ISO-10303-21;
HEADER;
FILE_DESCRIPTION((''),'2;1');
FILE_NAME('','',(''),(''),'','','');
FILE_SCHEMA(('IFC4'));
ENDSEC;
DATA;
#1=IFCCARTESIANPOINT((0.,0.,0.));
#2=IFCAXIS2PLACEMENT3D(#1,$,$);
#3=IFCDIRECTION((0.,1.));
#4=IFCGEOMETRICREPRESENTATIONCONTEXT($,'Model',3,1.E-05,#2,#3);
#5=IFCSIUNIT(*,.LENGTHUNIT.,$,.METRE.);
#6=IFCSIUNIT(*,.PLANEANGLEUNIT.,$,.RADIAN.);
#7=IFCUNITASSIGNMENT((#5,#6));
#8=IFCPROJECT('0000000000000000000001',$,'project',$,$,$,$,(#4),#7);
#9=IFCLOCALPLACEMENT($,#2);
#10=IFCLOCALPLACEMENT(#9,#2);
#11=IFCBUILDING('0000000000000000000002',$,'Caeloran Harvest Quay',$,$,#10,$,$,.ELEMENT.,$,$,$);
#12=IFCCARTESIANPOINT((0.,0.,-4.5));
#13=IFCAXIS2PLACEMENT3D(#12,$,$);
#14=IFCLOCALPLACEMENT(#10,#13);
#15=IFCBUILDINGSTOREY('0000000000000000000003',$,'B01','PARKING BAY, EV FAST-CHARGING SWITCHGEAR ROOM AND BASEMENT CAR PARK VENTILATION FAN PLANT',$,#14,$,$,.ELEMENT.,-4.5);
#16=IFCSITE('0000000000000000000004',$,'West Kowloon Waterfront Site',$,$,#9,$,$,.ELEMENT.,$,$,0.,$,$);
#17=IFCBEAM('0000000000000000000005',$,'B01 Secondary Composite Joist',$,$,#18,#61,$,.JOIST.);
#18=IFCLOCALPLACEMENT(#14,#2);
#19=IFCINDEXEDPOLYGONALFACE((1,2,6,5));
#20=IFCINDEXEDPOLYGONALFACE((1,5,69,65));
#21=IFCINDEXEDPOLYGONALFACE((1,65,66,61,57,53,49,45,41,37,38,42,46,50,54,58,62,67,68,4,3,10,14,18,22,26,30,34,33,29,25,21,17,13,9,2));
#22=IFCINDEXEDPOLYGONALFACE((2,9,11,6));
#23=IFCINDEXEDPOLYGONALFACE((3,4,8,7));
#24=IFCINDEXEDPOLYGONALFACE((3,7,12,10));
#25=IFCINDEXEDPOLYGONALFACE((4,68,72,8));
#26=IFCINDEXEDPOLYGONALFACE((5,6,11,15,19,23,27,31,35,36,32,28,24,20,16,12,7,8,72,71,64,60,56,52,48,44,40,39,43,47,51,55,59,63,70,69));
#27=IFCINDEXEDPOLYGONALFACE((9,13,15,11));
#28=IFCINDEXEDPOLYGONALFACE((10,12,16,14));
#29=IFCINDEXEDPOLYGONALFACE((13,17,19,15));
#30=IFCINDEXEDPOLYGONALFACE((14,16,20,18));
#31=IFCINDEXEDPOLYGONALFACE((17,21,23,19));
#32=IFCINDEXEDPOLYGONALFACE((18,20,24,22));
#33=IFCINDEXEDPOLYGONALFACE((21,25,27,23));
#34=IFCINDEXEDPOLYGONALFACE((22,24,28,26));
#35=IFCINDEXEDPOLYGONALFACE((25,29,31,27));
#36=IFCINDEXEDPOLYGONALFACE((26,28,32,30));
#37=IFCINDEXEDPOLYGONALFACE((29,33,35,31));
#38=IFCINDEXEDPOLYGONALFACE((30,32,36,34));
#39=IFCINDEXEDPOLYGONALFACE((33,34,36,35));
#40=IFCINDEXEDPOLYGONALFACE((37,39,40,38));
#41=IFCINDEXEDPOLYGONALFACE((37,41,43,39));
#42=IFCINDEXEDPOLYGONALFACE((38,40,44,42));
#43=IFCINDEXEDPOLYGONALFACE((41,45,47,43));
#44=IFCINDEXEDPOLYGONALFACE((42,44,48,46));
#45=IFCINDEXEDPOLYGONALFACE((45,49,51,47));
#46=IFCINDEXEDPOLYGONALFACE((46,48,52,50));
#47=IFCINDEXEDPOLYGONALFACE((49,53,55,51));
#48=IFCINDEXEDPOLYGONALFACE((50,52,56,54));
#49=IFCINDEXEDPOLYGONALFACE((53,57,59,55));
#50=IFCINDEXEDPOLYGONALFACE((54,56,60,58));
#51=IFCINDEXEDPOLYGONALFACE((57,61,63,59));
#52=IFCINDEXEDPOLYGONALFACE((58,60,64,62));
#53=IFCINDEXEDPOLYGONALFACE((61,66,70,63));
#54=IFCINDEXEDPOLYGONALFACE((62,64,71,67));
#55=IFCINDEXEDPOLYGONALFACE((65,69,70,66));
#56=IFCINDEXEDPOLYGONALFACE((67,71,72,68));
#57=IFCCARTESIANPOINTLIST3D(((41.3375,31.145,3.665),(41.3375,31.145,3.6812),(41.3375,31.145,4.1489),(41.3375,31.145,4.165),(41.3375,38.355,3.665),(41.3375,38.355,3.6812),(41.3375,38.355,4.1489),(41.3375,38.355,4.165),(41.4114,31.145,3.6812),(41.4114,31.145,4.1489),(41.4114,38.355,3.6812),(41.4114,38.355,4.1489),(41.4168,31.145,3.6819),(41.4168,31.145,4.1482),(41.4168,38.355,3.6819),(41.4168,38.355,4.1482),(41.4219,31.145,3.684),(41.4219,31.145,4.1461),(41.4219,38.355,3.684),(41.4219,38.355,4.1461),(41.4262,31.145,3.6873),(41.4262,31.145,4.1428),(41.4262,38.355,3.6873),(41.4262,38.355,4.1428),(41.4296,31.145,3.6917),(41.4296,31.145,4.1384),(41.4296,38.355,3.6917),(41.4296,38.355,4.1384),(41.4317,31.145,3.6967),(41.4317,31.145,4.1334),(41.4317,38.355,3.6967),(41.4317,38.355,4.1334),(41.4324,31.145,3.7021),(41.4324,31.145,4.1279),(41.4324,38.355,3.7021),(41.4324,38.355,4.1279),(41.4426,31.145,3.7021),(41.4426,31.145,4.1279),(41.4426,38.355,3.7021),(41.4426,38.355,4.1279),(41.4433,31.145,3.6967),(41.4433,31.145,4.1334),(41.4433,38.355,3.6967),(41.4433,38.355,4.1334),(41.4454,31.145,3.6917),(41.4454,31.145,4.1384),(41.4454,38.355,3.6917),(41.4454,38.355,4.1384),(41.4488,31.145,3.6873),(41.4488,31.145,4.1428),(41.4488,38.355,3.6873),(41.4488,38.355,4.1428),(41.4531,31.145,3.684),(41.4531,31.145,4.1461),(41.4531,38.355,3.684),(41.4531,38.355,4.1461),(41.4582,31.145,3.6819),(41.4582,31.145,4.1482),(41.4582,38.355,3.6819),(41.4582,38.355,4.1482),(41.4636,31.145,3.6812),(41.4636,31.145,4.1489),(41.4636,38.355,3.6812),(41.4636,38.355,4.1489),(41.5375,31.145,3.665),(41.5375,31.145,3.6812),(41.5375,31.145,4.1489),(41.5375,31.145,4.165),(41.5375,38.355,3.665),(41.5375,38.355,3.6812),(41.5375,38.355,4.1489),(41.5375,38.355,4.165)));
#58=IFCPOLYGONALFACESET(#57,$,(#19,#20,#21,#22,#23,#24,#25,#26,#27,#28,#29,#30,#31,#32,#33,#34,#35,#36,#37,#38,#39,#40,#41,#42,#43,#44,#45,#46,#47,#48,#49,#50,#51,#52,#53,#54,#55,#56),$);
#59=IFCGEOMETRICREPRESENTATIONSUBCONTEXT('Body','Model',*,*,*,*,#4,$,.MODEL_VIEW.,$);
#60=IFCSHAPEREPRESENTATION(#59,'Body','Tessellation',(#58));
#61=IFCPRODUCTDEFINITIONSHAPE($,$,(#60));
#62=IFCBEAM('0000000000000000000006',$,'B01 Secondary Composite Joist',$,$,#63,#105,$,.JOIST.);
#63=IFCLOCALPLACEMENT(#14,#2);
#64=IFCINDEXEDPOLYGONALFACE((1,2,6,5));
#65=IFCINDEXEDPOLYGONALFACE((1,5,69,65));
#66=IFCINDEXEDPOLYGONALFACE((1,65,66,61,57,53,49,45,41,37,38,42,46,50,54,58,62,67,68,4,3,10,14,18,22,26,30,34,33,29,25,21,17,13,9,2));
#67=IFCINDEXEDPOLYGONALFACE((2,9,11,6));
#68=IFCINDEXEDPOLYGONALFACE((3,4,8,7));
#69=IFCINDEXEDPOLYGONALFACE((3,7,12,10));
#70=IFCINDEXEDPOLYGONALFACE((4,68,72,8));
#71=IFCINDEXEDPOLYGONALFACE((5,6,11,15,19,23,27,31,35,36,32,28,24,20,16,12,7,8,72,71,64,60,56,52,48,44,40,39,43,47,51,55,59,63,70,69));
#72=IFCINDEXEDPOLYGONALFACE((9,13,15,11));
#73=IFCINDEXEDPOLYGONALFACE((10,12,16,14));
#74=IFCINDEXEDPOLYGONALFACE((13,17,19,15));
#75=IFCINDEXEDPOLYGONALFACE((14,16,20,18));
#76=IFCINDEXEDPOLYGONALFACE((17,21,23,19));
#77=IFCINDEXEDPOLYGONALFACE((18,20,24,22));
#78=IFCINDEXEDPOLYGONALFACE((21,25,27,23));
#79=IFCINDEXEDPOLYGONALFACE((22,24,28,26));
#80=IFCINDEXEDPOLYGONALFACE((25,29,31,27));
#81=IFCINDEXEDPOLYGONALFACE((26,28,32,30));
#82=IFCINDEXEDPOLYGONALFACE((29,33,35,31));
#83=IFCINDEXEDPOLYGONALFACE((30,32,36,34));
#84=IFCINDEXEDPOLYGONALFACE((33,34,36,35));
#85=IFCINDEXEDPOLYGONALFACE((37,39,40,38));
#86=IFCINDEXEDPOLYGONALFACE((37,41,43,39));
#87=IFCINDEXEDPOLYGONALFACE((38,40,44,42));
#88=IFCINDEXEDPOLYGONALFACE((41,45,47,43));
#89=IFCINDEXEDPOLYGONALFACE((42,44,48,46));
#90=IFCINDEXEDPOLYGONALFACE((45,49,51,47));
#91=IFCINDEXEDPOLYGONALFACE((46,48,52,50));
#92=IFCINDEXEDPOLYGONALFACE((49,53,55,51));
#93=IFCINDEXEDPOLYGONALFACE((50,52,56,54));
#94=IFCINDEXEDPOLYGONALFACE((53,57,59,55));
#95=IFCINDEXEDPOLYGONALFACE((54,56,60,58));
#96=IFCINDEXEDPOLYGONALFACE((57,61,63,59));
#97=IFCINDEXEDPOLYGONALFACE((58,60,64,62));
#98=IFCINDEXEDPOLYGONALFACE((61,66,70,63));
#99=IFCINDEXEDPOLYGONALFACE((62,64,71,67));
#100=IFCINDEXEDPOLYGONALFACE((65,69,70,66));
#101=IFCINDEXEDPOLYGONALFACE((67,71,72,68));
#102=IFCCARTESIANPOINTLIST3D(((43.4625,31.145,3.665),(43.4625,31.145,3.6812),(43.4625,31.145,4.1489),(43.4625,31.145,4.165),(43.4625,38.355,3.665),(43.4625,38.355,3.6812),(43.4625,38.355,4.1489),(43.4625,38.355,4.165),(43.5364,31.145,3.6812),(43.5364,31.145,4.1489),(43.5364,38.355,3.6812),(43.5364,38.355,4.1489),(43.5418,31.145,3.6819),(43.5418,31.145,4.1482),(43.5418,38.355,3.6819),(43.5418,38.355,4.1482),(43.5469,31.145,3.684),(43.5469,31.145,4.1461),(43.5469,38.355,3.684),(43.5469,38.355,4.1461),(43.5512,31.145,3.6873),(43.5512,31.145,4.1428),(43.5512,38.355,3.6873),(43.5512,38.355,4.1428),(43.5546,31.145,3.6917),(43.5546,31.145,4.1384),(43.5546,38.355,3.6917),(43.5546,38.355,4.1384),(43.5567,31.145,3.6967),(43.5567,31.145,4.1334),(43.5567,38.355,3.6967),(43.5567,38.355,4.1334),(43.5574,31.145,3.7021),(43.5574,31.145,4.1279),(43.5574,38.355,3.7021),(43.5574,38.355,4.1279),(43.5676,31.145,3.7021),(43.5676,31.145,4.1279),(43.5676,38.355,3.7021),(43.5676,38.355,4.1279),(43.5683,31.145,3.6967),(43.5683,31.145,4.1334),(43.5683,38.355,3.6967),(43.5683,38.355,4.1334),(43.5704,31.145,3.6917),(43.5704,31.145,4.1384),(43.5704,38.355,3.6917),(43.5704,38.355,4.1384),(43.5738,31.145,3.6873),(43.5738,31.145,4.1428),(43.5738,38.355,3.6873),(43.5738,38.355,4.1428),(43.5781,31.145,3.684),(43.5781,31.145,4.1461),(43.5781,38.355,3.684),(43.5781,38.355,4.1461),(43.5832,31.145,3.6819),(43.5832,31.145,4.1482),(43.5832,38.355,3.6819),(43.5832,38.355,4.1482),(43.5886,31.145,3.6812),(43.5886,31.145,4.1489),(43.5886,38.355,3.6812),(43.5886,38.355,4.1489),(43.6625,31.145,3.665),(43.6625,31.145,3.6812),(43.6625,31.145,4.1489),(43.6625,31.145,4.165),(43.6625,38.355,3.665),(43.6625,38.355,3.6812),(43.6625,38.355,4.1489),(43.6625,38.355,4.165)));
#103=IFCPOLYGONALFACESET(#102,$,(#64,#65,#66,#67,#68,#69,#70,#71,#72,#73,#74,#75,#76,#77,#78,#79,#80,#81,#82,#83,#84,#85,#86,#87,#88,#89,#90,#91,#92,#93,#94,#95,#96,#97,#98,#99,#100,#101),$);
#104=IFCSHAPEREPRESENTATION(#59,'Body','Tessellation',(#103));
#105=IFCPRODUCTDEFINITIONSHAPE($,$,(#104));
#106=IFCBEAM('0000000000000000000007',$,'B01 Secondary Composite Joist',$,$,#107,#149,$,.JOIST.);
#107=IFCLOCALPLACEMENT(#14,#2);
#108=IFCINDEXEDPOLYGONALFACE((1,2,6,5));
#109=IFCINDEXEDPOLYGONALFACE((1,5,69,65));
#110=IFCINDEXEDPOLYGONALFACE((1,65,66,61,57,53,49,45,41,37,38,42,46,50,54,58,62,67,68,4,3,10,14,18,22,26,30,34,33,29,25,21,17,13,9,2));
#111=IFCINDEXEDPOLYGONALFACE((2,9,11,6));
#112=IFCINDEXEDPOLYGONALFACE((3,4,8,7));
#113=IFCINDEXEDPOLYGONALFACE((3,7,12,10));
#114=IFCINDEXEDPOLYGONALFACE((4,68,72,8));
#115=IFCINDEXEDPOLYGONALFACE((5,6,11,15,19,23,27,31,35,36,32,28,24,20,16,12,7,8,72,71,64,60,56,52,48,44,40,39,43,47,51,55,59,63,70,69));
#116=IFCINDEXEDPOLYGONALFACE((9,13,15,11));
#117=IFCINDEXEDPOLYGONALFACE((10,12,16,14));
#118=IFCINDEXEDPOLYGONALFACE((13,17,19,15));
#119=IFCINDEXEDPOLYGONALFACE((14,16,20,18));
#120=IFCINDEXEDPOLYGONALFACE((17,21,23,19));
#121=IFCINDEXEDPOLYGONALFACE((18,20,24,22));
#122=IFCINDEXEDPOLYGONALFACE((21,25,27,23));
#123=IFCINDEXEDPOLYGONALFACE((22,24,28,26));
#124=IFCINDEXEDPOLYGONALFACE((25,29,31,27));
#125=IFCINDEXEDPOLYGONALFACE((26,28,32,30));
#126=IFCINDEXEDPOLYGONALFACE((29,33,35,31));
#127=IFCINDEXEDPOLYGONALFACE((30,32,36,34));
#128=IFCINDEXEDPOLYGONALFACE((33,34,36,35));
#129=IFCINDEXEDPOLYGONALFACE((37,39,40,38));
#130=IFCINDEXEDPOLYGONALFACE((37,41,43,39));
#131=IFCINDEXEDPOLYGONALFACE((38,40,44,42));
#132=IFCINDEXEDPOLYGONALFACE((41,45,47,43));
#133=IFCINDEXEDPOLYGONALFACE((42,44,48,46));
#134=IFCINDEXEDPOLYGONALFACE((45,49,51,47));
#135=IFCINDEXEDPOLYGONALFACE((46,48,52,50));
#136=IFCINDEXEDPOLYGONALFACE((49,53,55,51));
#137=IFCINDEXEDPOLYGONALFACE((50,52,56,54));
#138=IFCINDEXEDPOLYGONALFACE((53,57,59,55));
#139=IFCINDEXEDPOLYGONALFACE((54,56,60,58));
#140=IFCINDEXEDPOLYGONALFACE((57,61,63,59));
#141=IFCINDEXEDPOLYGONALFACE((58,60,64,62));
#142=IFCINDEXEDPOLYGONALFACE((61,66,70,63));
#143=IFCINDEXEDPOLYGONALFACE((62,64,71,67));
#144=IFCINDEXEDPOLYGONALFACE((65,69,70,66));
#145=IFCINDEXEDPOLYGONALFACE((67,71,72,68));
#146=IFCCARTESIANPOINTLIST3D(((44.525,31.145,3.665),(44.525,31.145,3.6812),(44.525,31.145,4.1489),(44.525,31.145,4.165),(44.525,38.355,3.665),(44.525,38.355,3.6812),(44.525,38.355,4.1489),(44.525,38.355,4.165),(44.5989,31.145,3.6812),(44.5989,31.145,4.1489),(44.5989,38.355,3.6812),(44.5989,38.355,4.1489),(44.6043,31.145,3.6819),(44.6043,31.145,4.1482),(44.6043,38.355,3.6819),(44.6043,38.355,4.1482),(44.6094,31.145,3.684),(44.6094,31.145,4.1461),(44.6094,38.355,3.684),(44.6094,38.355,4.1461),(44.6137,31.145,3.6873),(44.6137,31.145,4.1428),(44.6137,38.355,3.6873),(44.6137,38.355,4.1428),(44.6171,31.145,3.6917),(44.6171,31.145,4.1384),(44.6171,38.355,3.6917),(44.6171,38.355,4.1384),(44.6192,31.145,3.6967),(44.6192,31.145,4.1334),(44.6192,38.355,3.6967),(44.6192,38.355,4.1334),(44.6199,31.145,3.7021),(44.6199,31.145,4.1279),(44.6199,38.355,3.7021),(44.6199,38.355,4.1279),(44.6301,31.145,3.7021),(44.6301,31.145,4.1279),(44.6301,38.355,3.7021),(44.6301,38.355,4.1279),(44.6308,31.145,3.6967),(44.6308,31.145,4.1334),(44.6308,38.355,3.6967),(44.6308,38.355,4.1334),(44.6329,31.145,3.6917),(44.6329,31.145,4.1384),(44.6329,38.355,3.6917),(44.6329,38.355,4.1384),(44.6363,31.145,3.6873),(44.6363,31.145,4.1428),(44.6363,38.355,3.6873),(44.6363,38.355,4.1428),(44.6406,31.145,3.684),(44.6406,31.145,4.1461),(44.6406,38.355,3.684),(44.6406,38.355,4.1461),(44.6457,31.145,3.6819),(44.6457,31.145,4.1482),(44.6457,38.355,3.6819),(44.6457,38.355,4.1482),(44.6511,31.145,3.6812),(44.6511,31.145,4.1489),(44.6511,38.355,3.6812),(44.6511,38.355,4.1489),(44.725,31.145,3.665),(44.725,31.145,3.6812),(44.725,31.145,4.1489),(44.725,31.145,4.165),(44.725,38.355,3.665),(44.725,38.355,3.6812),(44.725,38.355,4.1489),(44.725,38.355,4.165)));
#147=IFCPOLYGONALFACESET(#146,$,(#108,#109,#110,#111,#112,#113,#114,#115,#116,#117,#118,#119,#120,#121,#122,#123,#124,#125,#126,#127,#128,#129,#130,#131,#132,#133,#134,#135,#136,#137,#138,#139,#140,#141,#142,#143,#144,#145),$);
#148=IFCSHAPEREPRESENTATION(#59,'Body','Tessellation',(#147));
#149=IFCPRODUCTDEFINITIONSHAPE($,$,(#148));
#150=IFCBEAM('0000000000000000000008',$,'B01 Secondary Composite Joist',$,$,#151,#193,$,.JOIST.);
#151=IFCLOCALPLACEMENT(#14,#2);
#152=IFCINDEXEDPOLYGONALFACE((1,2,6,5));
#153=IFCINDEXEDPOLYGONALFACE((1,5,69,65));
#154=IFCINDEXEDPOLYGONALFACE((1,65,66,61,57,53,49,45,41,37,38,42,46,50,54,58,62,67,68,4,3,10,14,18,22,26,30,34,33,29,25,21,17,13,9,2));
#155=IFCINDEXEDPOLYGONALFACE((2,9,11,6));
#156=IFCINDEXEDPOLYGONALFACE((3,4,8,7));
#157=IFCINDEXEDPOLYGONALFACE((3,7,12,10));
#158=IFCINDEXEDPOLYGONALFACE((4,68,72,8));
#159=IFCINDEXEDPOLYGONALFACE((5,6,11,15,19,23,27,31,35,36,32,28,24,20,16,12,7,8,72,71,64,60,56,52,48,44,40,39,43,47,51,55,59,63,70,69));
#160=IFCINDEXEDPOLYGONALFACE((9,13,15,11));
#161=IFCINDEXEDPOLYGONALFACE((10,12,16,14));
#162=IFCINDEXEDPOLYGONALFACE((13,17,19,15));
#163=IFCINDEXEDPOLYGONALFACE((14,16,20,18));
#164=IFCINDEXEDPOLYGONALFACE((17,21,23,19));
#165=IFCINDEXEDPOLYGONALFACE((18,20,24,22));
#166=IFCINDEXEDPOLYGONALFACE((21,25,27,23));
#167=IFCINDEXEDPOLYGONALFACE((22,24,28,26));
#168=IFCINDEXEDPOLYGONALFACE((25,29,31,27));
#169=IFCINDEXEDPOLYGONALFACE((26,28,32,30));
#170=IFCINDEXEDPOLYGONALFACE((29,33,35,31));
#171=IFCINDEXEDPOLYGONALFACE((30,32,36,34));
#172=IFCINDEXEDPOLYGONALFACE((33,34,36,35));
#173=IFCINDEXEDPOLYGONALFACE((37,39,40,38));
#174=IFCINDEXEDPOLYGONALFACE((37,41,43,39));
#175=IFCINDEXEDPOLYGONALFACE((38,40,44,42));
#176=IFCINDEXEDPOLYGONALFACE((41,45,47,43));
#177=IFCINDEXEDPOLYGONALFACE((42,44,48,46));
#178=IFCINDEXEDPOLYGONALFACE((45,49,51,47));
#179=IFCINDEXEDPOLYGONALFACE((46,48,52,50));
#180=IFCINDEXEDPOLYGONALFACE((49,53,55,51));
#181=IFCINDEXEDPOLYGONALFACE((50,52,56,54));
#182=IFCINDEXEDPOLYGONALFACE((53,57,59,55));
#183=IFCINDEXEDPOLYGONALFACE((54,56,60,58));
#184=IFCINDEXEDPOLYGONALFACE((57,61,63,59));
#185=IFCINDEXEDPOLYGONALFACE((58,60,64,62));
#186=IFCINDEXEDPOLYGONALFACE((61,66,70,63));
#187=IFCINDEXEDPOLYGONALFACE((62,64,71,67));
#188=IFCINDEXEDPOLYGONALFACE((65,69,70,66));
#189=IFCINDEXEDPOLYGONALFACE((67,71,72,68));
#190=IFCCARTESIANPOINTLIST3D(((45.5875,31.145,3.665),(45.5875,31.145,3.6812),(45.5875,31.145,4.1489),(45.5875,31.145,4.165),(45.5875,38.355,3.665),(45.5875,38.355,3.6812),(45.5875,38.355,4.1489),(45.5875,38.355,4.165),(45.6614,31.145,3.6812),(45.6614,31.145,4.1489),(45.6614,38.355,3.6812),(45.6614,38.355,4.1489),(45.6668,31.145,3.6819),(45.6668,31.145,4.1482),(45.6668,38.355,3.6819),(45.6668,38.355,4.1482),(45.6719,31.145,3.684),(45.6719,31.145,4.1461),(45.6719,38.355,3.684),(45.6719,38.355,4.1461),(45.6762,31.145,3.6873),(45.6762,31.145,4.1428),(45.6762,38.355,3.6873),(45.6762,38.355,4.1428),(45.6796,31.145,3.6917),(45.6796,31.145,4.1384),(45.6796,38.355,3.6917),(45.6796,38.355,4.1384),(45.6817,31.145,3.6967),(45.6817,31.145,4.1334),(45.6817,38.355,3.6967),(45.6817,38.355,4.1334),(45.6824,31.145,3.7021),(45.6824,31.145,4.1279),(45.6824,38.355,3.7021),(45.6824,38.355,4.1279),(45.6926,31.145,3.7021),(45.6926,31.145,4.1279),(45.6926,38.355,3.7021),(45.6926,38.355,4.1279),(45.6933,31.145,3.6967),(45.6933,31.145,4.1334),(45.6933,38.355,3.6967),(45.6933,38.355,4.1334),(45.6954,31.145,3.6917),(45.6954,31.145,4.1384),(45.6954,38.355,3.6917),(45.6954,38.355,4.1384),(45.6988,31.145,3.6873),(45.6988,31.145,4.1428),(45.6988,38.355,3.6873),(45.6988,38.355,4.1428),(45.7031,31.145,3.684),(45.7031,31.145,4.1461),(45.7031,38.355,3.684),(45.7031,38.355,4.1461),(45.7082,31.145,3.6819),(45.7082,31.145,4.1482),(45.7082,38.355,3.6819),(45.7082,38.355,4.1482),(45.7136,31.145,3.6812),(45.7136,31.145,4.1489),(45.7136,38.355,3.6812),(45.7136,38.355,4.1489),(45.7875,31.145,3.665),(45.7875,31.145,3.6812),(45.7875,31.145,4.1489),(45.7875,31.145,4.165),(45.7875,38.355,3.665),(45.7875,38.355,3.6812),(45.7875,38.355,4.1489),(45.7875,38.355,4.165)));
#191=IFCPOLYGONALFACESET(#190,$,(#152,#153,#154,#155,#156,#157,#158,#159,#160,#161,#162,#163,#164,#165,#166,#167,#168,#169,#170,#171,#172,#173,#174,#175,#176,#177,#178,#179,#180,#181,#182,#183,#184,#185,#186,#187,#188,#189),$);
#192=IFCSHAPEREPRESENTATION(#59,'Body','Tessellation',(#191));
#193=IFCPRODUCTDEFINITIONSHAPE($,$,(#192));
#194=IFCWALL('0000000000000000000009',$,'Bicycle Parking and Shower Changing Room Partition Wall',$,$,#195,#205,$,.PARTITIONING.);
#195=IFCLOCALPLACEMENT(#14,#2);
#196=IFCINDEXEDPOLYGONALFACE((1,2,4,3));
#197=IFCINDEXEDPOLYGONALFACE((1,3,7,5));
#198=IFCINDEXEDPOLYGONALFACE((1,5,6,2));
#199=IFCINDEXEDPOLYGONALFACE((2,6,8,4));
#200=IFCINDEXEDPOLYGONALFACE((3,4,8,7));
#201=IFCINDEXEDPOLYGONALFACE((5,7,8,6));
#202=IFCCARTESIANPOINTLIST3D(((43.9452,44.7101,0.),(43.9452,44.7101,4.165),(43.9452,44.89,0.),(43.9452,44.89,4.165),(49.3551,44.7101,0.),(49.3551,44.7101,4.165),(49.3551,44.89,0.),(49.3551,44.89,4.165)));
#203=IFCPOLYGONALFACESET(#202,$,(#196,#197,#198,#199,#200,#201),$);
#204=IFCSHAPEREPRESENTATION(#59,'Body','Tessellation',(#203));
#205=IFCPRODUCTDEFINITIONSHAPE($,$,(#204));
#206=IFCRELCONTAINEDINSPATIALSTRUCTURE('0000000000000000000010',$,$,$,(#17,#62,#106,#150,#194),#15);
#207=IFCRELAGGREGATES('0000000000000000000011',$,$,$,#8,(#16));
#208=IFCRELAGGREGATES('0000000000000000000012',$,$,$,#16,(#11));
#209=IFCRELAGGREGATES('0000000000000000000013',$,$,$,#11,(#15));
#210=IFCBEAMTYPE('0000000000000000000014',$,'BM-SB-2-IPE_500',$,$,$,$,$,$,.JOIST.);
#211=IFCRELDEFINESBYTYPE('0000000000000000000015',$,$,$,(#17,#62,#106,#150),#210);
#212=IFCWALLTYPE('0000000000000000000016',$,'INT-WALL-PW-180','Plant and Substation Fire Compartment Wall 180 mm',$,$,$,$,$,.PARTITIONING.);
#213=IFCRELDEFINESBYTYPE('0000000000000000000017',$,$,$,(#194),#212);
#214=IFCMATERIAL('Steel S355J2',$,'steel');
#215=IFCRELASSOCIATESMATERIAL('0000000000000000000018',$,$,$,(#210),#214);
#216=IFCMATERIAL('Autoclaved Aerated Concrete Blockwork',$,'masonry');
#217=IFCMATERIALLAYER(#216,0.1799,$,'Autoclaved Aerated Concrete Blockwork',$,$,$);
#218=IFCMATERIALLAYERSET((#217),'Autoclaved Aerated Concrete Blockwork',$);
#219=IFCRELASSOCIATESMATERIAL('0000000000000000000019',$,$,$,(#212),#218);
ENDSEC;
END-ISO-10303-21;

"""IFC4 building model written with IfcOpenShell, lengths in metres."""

from ifc_helpers import new_model, si_unit, direction, frame, frame_2d, origin, origin_2d, place, context, subcontext, project, spatial, rectangle, i_section, extrude, material, layer, layer_set, material_profile, profile_set, type_object, element, save


model = new_model("IFC4")

# Units and contexts
model_context = context("Model", 3, precision=1e-05, world=origin(), true_north=direction((0.0, 1.0)))
body_context = subcontext(model_context, "Body", "Model", "MODEL_VIEW")
ifc_project = project(units=[si_unit("LENGTHUNIT", "METRE"), si_unit("PLANEANGLEUNIT", "RADIAN")], contexts=[model_context])

# Site, building, storey
site_placement = place(None, origin())
site = spatial("IfcSite", under=ifc_project, at=site_placement, Name="West Kowloon Waterfront Site", CompositionType="ELEMENT", RefElevation=0.0)
building_placement = place(site_placement, origin())
building = spatial("IfcBuilding", under=site, at=building_placement, Name="Caeloran Harvest Quay", CompositionType="ELEMENT")
storey_placement = place(building_placement, frame((0.0, 0.0, -4.5)))
storey = spatial("IfcBuildingStorey", under=building, at=storey_placement, Name="B01", Description="PARKING BAY, EV FAST-CHARGING SWITCHGEAR ROOM AND BASEMENT CAR PARK VENTILATION FAN PLANT", CompositionType="ELEMENT", Elevation=-4.5)

# Beams
ifc_material_1 = material(Name="Steel S355J2", Category="steel")
ifc_material_profile_1 = material_profile(ifc_material_1, i_section(OverallWidth=0.2, OverallDepth=0.5, WebThickness=0.0103, FlangeThickness=0.0161, FilletRadius=0.021, at=origin_2d()), Name="IPE 500")
ifc_profile_set_1 = profile_set([ifc_material_profile_1], Name="Steel S355J2")
beam_type_1 = type_object("IfcBeamType", Name="BM-SB-2-IPE_500", PredefinedType="JOIST", material=ifc_profile_set_1)
for number, where, z_axis, x_axis, name in (
    (1, (41.4375, 31.145, 3.915), (0.0, 1.0, 0.0), (-1.0, 0.0, 0.0), "B01 Secondary Composite Joist"),
    (2, (43.5625, 31.145, 3.915), (0.0, 1.0, 0.0), (-1.0, 0.0, 0.0), "B01 Secondary Composite Joist"),
    (3, (44.625, 31.145, 3.915), (0.0, 1.0, 0.0), (-1.0, 0.0, 0.0), "B01 Secondary Composite Joist"),
    (4, (45.6875, 31.145, 3.915), (0.0, 1.0, 0.0), (-1.0, 0.0, 0.0), "B01 Secondary Composite Joist"),
):
    element("IfcBeam", number, at=place(storey_placement, frame(where, z_axis=z_axis, x_axis=x_axis)), inside=storey, type_object=beam_type_1, Name=name, PredefinedType="JOIST", context=body_context, shape_type="SweptSolid", body=[
        extrude(i_section(OverallWidth=0.2, OverallDepth=0.5, WebThickness=0.0103, FlangeThickness=0.0161, FilletRadius=0.021, at=origin_2d()), origin(), (0.0, 0.0, 1.0), 7.21),
    ])

# Wall
ifc_material_2 = material(Name="Autoclaved Aerated Concrete Blockwork", Category="masonry")
ifc_layer = layer(ifc_material_2, 0.1799, Name="Autoclaved Aerated Concrete Blockwork")
ifc_layer_set = layer_set([ifc_layer], Name="Autoclaved Aerated Concrete Blockwork")
wall_type = type_object("IfcWallType", Name="INT-WALL-PW-180", Description="Plant and Substation Fire Compartment Wall 180 mm", PredefinedType="PARTITIONING", material=ifc_layer_set)
wall_placement = place(storey_placement, frame((43.9451, 44.8, 0.0), z_axis=(0.0, 0.0, 1.0), x_axis=(1.0, 0.0, 0.0)))
element("IfcWall", 5, at=wall_placement, inside=storey, type_object=wall_type, Name="Bicycle Parking and Shower Changing Room Partition Wall", PredefinedType="PARTITIONING", context=body_context, shape_type="SweptSolid", body=[
    extrude(rectangle(XDim=5.4099, YDim=0.1799, at=frame_2d((2.7051, 0.0))), origin(), (0.0, 0.0, 1.0), 4.165),
])

save(model, "model.ifc")
